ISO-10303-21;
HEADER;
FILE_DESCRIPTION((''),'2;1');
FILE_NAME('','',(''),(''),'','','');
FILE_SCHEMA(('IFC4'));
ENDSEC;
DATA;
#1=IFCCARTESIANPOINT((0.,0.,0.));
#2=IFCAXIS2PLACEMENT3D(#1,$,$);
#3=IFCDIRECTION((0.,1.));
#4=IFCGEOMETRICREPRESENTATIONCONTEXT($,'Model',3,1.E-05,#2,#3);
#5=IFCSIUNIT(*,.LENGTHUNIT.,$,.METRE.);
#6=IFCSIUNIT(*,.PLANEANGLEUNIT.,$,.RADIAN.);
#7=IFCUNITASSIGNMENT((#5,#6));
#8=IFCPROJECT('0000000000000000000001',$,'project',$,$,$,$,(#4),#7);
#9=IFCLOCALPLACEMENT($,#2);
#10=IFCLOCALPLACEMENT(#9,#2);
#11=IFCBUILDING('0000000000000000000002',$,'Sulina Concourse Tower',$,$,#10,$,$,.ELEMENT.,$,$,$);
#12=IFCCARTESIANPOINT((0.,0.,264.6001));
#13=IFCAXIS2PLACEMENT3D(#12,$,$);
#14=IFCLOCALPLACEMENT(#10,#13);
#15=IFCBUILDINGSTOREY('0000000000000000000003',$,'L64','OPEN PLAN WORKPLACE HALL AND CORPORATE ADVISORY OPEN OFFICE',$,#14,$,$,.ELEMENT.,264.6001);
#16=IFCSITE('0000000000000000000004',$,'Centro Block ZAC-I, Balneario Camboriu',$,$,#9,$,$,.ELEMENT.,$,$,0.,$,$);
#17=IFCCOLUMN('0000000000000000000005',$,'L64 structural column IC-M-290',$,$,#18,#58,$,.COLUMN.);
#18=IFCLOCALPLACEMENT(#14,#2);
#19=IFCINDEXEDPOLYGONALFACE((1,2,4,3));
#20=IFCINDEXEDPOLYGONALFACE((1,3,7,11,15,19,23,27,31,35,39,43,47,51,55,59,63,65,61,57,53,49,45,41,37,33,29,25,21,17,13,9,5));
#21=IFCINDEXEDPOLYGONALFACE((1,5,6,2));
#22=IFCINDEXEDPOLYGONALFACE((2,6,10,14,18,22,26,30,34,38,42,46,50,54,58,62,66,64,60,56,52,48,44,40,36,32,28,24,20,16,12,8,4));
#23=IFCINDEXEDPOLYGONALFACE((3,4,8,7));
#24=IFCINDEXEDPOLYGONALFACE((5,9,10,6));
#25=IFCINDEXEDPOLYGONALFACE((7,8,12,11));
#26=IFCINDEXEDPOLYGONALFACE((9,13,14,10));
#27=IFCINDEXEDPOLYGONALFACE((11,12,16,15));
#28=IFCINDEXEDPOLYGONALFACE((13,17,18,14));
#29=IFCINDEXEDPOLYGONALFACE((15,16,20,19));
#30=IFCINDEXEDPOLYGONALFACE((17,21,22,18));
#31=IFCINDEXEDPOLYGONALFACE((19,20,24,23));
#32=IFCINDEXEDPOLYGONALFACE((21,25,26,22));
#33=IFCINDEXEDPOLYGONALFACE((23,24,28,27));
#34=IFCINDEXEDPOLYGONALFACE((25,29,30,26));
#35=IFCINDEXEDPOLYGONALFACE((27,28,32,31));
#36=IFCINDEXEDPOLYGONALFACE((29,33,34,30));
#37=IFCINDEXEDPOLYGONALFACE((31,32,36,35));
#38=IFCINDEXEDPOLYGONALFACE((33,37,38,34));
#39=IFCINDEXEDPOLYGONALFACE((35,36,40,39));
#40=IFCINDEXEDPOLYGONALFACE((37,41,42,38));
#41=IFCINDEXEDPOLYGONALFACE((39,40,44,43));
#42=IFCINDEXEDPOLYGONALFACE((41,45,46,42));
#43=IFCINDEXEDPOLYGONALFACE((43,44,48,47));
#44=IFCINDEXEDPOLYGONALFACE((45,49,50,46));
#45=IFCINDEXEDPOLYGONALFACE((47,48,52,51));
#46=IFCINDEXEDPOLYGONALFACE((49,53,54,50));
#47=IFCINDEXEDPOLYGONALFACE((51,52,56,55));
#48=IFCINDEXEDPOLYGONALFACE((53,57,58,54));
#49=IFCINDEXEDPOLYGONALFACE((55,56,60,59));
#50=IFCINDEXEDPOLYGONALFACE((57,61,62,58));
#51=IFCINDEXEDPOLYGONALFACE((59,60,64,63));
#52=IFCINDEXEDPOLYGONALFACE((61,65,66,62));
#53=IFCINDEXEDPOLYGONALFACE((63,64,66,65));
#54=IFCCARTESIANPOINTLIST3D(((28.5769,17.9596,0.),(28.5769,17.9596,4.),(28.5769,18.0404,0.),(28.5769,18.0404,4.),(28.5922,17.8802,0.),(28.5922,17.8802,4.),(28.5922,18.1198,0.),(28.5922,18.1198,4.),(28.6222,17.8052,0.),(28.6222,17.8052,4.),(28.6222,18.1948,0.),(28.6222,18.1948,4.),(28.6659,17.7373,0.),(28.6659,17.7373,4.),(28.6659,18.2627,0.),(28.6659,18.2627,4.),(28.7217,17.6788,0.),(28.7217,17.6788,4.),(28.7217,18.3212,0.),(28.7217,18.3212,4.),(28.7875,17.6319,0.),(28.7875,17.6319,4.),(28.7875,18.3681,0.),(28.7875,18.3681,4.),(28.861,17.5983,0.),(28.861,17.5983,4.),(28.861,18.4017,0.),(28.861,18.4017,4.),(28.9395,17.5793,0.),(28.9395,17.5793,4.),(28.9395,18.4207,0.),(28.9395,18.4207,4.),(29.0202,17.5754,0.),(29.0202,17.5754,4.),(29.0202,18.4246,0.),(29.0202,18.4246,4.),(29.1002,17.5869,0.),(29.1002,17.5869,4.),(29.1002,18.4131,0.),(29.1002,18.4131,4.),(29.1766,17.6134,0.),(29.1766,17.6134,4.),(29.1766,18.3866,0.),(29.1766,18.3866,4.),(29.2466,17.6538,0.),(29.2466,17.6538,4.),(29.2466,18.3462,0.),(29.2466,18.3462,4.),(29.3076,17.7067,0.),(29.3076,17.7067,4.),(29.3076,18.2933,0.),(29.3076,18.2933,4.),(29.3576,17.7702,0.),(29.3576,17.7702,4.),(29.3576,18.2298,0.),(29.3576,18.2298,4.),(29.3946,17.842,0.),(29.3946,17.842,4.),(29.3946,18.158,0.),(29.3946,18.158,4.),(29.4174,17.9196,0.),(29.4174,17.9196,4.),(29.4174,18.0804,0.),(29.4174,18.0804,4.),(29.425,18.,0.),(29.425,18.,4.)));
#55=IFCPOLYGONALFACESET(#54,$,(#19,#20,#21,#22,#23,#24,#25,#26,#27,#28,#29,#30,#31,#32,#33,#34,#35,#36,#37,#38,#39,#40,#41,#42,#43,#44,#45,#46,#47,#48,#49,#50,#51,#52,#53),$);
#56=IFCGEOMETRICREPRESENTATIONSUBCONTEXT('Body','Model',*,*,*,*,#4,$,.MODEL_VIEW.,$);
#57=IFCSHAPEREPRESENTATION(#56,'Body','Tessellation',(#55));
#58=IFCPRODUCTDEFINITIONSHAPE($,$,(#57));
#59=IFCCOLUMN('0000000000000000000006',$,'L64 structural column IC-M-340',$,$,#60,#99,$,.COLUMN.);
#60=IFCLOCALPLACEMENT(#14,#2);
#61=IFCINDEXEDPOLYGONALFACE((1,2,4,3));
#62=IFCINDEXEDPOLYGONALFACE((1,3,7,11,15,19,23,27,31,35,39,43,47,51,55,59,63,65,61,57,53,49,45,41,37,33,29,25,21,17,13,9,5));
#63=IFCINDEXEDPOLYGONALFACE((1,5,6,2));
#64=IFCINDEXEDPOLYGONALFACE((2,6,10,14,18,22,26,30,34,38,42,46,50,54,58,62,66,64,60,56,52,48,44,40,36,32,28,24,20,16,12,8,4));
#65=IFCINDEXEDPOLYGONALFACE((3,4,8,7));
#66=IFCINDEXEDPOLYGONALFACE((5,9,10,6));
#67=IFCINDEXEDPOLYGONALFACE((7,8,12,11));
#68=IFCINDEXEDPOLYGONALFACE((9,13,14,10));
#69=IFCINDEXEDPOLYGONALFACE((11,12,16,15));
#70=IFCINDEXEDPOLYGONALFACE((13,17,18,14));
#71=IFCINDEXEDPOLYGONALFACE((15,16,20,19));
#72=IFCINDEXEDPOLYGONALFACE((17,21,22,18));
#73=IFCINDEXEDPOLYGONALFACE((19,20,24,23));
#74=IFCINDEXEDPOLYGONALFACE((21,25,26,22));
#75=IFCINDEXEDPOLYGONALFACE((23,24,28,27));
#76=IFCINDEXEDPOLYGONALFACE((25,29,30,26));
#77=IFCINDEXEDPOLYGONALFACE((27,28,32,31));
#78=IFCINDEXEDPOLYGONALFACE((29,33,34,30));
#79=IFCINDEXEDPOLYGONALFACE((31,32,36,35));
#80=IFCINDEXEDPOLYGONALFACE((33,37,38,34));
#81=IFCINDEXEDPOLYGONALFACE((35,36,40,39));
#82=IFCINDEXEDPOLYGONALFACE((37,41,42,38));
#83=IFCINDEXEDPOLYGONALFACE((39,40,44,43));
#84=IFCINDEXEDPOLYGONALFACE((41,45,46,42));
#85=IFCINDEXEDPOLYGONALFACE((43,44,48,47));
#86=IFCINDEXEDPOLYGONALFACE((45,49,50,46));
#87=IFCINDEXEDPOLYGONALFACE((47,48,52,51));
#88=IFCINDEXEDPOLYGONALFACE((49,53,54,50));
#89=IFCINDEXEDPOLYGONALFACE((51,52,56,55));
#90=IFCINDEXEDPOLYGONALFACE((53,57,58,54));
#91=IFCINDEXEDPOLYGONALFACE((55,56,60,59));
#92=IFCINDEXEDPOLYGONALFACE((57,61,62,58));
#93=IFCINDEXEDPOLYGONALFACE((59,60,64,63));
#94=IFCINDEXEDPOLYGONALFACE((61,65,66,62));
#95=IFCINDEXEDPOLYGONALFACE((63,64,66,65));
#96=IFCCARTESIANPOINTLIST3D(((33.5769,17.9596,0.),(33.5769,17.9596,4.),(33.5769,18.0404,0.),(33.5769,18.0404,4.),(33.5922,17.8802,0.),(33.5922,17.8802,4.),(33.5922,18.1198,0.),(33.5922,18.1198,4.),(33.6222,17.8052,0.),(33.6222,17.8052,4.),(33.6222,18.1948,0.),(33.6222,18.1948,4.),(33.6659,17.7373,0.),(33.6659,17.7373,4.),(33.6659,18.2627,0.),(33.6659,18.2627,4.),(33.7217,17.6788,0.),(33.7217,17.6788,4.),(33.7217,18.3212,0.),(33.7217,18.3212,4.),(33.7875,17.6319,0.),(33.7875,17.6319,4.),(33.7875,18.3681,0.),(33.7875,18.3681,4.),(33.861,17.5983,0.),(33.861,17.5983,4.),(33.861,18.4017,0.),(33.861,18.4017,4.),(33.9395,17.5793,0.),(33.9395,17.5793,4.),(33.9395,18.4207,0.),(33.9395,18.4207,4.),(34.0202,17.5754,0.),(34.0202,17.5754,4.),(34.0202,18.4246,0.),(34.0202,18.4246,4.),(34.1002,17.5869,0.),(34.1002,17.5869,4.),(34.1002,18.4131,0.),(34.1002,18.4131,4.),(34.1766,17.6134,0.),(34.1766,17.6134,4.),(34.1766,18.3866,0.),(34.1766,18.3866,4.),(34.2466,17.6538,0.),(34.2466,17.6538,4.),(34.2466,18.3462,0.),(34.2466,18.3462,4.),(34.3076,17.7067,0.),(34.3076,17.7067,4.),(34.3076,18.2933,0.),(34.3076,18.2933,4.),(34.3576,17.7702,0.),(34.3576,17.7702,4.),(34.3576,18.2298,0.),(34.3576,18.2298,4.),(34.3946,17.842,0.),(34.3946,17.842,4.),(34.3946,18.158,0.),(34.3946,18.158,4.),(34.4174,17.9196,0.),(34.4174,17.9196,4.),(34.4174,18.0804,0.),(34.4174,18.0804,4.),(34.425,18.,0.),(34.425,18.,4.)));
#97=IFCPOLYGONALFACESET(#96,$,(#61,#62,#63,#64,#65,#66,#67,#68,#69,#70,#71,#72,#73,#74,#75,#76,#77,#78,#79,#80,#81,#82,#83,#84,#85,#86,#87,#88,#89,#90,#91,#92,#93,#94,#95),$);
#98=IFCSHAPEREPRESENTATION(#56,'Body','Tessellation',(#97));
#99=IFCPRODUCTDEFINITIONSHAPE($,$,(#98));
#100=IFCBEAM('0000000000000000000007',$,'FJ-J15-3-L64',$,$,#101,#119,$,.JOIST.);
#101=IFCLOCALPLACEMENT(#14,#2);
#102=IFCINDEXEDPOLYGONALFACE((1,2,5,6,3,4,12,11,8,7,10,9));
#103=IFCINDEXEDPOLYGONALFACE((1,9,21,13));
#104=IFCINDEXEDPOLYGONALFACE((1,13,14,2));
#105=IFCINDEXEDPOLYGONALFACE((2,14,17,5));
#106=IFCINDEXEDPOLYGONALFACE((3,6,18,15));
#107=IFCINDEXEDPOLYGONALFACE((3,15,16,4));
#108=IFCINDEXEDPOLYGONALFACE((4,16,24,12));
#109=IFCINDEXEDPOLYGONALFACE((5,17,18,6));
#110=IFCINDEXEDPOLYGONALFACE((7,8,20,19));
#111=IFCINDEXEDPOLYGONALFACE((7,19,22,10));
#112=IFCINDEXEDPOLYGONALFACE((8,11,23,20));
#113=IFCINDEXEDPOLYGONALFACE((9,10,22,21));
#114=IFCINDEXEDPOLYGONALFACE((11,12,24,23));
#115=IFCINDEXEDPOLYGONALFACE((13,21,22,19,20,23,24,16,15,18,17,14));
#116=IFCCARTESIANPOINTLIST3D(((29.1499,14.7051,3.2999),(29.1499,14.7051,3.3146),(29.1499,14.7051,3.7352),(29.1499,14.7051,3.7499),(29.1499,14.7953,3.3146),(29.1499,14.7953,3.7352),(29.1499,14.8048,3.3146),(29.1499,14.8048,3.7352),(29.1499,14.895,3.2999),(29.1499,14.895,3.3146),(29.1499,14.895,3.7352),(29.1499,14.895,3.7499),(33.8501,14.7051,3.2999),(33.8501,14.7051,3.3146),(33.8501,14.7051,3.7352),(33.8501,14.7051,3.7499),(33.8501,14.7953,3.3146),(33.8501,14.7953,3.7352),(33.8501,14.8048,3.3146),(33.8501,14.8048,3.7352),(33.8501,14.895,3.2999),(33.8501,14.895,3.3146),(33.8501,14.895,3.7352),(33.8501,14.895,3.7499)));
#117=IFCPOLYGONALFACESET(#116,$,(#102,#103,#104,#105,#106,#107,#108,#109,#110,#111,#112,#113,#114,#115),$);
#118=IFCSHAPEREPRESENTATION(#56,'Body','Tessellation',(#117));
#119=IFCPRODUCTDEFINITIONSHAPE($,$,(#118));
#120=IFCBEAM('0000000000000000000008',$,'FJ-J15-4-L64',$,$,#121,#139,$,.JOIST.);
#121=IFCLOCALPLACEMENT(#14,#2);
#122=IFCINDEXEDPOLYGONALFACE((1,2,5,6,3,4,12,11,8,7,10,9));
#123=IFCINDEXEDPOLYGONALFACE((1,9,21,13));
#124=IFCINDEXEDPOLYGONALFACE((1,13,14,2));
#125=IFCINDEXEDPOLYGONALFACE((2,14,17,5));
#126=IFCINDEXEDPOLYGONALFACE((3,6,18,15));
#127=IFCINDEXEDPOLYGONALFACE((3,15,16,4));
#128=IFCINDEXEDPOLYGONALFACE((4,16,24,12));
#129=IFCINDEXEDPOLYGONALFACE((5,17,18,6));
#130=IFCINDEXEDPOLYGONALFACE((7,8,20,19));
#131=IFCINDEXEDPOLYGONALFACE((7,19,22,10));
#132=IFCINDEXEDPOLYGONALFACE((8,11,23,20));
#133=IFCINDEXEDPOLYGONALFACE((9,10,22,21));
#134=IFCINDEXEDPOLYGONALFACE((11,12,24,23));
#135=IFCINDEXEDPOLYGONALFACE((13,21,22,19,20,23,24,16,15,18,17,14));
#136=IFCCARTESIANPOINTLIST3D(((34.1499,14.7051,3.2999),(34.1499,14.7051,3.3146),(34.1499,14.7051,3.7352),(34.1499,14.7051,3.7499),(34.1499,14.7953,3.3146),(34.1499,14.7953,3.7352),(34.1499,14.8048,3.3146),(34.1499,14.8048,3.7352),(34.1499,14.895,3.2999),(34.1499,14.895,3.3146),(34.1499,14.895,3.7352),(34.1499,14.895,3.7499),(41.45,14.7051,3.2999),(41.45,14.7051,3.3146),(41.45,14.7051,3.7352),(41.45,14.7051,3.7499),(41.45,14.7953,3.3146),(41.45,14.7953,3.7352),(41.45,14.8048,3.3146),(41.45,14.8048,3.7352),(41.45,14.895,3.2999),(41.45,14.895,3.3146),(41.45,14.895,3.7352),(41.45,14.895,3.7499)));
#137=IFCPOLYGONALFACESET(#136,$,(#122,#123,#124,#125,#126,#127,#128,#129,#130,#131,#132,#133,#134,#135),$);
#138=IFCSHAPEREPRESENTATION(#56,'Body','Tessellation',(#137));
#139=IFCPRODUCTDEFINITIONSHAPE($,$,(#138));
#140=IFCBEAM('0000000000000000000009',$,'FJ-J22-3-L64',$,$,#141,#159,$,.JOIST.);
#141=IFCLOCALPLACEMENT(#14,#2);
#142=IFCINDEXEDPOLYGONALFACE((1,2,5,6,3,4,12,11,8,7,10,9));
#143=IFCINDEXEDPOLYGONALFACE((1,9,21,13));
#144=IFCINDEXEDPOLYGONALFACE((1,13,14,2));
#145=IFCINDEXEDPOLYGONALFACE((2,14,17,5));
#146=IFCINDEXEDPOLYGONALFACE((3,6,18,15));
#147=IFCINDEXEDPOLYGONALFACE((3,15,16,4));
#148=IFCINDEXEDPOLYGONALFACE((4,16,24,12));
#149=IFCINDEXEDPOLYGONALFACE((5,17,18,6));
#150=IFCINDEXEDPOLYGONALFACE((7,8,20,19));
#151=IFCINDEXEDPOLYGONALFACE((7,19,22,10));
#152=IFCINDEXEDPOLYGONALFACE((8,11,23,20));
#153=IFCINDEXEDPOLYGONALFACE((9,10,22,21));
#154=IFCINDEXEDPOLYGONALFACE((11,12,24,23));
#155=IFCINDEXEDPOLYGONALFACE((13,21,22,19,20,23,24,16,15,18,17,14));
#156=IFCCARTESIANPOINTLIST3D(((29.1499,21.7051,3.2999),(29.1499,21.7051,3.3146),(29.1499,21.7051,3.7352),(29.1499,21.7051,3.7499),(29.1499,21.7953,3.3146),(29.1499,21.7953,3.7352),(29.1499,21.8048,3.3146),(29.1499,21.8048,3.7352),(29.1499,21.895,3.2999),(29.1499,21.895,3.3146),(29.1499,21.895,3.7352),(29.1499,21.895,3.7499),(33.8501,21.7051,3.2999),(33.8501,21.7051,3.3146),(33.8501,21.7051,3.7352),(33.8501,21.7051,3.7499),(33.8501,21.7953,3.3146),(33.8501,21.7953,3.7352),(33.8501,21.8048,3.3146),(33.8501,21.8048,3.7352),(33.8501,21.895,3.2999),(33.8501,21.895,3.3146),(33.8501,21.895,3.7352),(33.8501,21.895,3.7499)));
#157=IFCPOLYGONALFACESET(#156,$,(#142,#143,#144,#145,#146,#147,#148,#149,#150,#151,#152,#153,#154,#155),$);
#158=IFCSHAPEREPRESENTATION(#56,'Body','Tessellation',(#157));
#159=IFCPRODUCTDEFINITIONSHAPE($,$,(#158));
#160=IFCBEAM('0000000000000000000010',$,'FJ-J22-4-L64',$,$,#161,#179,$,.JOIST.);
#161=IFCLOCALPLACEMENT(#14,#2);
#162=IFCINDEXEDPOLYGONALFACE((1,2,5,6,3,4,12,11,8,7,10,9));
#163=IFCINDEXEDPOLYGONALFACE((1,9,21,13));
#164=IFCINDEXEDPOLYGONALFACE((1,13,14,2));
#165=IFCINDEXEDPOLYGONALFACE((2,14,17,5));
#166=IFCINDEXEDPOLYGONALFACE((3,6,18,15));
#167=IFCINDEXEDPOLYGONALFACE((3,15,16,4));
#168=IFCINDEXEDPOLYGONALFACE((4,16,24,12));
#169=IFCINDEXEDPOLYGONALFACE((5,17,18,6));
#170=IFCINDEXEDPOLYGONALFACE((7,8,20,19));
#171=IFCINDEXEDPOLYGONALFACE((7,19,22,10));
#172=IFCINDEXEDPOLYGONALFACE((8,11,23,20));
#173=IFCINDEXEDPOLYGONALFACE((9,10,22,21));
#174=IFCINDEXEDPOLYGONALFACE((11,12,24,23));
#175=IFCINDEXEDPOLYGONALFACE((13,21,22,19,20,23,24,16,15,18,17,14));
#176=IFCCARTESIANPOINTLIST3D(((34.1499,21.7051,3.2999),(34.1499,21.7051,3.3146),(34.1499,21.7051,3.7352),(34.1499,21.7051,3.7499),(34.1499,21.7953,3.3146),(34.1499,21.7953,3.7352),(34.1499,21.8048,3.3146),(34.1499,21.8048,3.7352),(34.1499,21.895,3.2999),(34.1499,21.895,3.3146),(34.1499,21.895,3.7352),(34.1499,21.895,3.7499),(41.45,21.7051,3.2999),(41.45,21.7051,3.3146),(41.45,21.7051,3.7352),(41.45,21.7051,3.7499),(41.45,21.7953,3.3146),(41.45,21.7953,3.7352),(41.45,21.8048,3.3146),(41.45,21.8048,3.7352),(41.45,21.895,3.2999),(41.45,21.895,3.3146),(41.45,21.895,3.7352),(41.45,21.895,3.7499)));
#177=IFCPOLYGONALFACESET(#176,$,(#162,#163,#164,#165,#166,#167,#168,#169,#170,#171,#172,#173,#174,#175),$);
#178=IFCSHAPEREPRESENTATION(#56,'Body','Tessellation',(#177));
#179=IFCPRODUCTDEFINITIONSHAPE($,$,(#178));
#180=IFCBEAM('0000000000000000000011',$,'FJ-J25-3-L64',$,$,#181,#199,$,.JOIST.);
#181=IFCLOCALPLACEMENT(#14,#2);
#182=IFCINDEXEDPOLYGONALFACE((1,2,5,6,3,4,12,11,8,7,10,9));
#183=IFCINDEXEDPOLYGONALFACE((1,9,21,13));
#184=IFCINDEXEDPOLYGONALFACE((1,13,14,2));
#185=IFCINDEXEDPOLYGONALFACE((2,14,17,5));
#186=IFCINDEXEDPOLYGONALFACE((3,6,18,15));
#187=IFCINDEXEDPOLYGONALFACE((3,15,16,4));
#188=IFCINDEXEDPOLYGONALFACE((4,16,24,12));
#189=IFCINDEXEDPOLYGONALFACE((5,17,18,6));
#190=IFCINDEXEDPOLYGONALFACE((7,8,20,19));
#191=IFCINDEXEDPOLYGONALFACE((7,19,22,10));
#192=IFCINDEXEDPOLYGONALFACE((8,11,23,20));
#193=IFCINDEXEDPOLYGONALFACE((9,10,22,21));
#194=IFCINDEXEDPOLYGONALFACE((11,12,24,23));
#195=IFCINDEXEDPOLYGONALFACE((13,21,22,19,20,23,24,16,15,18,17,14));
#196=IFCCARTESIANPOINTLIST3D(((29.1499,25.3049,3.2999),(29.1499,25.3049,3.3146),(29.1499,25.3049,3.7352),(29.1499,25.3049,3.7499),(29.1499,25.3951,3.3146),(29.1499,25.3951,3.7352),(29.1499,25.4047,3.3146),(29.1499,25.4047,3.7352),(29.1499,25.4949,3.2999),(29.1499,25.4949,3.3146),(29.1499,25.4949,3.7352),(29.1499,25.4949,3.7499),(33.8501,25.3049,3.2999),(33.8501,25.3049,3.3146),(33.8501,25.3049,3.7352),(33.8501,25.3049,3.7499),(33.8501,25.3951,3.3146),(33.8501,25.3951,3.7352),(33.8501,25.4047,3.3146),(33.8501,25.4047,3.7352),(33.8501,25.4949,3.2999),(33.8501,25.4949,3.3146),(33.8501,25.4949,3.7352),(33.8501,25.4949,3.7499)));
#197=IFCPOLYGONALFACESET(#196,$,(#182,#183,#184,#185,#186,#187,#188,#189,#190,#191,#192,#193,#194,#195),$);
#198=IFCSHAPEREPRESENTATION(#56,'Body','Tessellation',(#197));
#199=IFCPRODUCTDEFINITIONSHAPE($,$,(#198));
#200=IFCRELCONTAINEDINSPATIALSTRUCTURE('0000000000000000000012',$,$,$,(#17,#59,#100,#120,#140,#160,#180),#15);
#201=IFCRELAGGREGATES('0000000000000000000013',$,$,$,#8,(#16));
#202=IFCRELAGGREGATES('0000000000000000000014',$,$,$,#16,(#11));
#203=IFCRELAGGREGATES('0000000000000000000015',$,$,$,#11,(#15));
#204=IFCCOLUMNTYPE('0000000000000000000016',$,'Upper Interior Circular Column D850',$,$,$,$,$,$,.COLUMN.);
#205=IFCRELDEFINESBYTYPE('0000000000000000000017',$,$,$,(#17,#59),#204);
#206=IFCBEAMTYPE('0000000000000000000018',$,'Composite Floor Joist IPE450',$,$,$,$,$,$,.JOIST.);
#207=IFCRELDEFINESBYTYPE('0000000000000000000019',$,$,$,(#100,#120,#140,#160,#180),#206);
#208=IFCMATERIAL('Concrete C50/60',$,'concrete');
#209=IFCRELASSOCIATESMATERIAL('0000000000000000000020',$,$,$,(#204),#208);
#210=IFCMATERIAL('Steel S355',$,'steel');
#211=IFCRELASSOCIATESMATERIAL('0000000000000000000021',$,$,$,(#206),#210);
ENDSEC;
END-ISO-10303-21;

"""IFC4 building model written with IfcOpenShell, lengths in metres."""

from ifc_helpers import new_model, si_unit, direction, frame, origin, origin_2d, place, context, subcontext, project, spatial, circle, i_section, extrude, material, material_profile, profile_set, type_object, element, save


model = new_model("IFC4")

# Units and contexts
model_context = context("Model", 3, precision=1e-05, world=origin(), true_north=direction((0.0, 1.0)))
body_context = subcontext(model_context, "Body", "Model", "MODEL_VIEW")
ifc_project = project(units=[si_unit("LENGTHUNIT", "METRE"), si_unit("PLANEANGLEUNIT", "RADIAN")], contexts=[model_context])

# Site, building, storey
site_placement = place(None, origin())
site = spatial("IfcSite", under=ifc_project, at=site_placement, Name="Centro Block ZAC-I, Balneario Camboriu", CompositionType="ELEMENT", RefElevation=0.0)
building_placement = place(site_placement, origin())
building = spatial("IfcBuilding", under=site, at=building_placement, Name="Sulina Concourse Tower", CompositionType="ELEMENT")
storey_placement = place(building_placement, frame((0.0, 0.0, 264.6001)))
storey = spatial("IfcBuildingStorey", under=building, at=storey_placement, Name="L64", Description="OPEN PLAN WORKPLACE HALL AND CORPORATE ADVISORY OPEN OFFICE", CompositionType="ELEMENT", Elevation=264.6001)

# Columns
ifc_material_1 = material(Name="Concrete C50/60", Category="concrete")
ifc_material_profile_1 = material_profile(ifc_material_1, circle(Radius=0.425, at=origin_2d()), Name="RC D850")
ifc_profile_set_1 = profile_set([ifc_material_profile_1], Name="Concrete C50/60")
column_type = type_object("IfcColumnType", Name="Upper Interior Circular Column D850", PredefinedType="COLUMN", material=ifc_profile_set_1)
for number, where, z_axis, x_axis, name in (
    (1, (29.0, 18.0, 0.0), (0.0, 0.0, 1.0), (1.0, 0.0, 0.0), "L64 structural column IC-M-290"),
    (2, (34.0, 18.0, 0.0), (0.0, 0.0, 1.0), (1.0, 0.0, 0.0), "L64 structural column IC-M-340"),
):
    element("IfcColumn", number, at=place(storey_placement, frame(where, z_axis=z_axis, x_axis=x_axis)), inside=storey, type_object=column_type, Name=name, PredefinedType="COLUMN", context=body_context, shape_type="SweptSolid", body=[
        extrude(circle(Radius=0.425, at=origin_2d()), origin(), (0.0, 0.0, 1.0), 4.0),
    ])

# Beams
ifc_material_2 = material(Name="Steel S355", Category="steel")
ifc_material_profile_2 = material_profile(ifc_material_2, i_section(OverallWidth=0.1899, OverallDepth=0.45, WebThickness=0.0095, FlangeThickness=0.0146, at=origin_2d()), Name="IPE 450")
ifc_profile_set_2 = profile_set([ifc_material_profile_2], Name="Steel S355")
beam_type_1 = type_object("IfcBeamType", Name="Composite Floor Joist IPE450", PredefinedType="JOIST", material=ifc_profile_set_2)
beam_1_placement = place(storey_placement, frame((29.1499, 14.8, 3.5249), z_axis=(1.0, 0.0, 0.0), x_axis=(0.0, 1.0, 0.0)))
element("IfcBeam", 3, at=beam_1_placement, inside=storey, type_object=beam_type_1, Name="FJ-J15-3-L64", PredefinedType="JOIST", context=body_context, shape_type="SweptSolid", body=[
    extrude(i_section(OverallWidth=0.1899, OverallDepth=0.45, WebThickness=0.0095, FlangeThickness=0.0146, at=origin_2d()), origin(), (0.0, 0.0, 1.0), 4.7002),
])
beam_2_placement = place(storey_placement, frame((34.1499, 14.8, 3.5249), z_axis=(1.0, 0.0, 0.0), x_axis=(0.0, 1.0, 0.0)))
element("IfcBeam", 4, at=beam_2_placement, inside=storey, type_object=beam_type_1, Name="FJ-J15-4-L64", PredefinedType="JOIST", context=body_context, shape_type="SweptSolid", body=[
    extrude(i_section(OverallWidth=0.1899, OverallDepth=0.45, WebThickness=0.0095, FlangeThickness=0.0146, at=origin_2d()), origin(), (0.0, 0.0, 1.0), 7.3),
])
beam_3_placement = place(storey_placement, frame((29.1499, 21.8, 3.5249), z_axis=(1.0, 0.0, 0.0), x_axis=(0.0, 1.0, 0.0)))
element("IfcBeam", 5, at=beam_3_placement, inside=storey, type_object=beam_type_1, Name="FJ-J22-3-L64", PredefinedType="JOIST", context=body_context, shape_type="SweptSolid", body=[
    extrude(i_section(OverallWidth=0.1899, OverallDepth=0.45, WebThickness=0.0095, FlangeThickness=0.0146, at=origin_2d()), origin(), (0.0, 0.0, 1.0), 4.7002),
])
beam_4_placement = place(storey_placement, frame((34.1499, 21.8, 3.5249), z_axis=(1.0, 0.0, 0.0), x_axis=(0.0, 1.0, 0.0)))
element("IfcBeam", 6, at=beam_4_placement, inside=storey, type_object=beam_type_1, Name="FJ-J22-4-L64", PredefinedType="JOIST", context=body_context, shape_type="SweptSolid", body=[
    extrude(i_section(OverallWidth=0.1899, OverallDepth=0.45, WebThickness=0.0095, FlangeThickness=0.0146, at=origin_2d()), origin(), (0.0, 0.0, 1.0), 7.3),
])
beam_5_placement = place(storey_placement, frame((29.1499, 25.3999, 3.5249), z_axis=(1.0, 0.0, 0.0), x_axis=(0.0, 1.0, 0.0)))
element("IfcBeam", 7, at=beam_5_placement, inside=storey, type_object=beam_type_1, Name="FJ-J25-3-L64", PredefinedType="JOIST", context=body_context, shape_type="SweptSolid", body=[
    extrude(i_section(OverallWidth=0.1899, OverallDepth=0.45, WebThickness=0.0095, FlangeThickness=0.0146, at=origin_2d()), origin(), (0.0, 0.0, 1.0), 4.7002),
])

save(model, "model.ifc")
